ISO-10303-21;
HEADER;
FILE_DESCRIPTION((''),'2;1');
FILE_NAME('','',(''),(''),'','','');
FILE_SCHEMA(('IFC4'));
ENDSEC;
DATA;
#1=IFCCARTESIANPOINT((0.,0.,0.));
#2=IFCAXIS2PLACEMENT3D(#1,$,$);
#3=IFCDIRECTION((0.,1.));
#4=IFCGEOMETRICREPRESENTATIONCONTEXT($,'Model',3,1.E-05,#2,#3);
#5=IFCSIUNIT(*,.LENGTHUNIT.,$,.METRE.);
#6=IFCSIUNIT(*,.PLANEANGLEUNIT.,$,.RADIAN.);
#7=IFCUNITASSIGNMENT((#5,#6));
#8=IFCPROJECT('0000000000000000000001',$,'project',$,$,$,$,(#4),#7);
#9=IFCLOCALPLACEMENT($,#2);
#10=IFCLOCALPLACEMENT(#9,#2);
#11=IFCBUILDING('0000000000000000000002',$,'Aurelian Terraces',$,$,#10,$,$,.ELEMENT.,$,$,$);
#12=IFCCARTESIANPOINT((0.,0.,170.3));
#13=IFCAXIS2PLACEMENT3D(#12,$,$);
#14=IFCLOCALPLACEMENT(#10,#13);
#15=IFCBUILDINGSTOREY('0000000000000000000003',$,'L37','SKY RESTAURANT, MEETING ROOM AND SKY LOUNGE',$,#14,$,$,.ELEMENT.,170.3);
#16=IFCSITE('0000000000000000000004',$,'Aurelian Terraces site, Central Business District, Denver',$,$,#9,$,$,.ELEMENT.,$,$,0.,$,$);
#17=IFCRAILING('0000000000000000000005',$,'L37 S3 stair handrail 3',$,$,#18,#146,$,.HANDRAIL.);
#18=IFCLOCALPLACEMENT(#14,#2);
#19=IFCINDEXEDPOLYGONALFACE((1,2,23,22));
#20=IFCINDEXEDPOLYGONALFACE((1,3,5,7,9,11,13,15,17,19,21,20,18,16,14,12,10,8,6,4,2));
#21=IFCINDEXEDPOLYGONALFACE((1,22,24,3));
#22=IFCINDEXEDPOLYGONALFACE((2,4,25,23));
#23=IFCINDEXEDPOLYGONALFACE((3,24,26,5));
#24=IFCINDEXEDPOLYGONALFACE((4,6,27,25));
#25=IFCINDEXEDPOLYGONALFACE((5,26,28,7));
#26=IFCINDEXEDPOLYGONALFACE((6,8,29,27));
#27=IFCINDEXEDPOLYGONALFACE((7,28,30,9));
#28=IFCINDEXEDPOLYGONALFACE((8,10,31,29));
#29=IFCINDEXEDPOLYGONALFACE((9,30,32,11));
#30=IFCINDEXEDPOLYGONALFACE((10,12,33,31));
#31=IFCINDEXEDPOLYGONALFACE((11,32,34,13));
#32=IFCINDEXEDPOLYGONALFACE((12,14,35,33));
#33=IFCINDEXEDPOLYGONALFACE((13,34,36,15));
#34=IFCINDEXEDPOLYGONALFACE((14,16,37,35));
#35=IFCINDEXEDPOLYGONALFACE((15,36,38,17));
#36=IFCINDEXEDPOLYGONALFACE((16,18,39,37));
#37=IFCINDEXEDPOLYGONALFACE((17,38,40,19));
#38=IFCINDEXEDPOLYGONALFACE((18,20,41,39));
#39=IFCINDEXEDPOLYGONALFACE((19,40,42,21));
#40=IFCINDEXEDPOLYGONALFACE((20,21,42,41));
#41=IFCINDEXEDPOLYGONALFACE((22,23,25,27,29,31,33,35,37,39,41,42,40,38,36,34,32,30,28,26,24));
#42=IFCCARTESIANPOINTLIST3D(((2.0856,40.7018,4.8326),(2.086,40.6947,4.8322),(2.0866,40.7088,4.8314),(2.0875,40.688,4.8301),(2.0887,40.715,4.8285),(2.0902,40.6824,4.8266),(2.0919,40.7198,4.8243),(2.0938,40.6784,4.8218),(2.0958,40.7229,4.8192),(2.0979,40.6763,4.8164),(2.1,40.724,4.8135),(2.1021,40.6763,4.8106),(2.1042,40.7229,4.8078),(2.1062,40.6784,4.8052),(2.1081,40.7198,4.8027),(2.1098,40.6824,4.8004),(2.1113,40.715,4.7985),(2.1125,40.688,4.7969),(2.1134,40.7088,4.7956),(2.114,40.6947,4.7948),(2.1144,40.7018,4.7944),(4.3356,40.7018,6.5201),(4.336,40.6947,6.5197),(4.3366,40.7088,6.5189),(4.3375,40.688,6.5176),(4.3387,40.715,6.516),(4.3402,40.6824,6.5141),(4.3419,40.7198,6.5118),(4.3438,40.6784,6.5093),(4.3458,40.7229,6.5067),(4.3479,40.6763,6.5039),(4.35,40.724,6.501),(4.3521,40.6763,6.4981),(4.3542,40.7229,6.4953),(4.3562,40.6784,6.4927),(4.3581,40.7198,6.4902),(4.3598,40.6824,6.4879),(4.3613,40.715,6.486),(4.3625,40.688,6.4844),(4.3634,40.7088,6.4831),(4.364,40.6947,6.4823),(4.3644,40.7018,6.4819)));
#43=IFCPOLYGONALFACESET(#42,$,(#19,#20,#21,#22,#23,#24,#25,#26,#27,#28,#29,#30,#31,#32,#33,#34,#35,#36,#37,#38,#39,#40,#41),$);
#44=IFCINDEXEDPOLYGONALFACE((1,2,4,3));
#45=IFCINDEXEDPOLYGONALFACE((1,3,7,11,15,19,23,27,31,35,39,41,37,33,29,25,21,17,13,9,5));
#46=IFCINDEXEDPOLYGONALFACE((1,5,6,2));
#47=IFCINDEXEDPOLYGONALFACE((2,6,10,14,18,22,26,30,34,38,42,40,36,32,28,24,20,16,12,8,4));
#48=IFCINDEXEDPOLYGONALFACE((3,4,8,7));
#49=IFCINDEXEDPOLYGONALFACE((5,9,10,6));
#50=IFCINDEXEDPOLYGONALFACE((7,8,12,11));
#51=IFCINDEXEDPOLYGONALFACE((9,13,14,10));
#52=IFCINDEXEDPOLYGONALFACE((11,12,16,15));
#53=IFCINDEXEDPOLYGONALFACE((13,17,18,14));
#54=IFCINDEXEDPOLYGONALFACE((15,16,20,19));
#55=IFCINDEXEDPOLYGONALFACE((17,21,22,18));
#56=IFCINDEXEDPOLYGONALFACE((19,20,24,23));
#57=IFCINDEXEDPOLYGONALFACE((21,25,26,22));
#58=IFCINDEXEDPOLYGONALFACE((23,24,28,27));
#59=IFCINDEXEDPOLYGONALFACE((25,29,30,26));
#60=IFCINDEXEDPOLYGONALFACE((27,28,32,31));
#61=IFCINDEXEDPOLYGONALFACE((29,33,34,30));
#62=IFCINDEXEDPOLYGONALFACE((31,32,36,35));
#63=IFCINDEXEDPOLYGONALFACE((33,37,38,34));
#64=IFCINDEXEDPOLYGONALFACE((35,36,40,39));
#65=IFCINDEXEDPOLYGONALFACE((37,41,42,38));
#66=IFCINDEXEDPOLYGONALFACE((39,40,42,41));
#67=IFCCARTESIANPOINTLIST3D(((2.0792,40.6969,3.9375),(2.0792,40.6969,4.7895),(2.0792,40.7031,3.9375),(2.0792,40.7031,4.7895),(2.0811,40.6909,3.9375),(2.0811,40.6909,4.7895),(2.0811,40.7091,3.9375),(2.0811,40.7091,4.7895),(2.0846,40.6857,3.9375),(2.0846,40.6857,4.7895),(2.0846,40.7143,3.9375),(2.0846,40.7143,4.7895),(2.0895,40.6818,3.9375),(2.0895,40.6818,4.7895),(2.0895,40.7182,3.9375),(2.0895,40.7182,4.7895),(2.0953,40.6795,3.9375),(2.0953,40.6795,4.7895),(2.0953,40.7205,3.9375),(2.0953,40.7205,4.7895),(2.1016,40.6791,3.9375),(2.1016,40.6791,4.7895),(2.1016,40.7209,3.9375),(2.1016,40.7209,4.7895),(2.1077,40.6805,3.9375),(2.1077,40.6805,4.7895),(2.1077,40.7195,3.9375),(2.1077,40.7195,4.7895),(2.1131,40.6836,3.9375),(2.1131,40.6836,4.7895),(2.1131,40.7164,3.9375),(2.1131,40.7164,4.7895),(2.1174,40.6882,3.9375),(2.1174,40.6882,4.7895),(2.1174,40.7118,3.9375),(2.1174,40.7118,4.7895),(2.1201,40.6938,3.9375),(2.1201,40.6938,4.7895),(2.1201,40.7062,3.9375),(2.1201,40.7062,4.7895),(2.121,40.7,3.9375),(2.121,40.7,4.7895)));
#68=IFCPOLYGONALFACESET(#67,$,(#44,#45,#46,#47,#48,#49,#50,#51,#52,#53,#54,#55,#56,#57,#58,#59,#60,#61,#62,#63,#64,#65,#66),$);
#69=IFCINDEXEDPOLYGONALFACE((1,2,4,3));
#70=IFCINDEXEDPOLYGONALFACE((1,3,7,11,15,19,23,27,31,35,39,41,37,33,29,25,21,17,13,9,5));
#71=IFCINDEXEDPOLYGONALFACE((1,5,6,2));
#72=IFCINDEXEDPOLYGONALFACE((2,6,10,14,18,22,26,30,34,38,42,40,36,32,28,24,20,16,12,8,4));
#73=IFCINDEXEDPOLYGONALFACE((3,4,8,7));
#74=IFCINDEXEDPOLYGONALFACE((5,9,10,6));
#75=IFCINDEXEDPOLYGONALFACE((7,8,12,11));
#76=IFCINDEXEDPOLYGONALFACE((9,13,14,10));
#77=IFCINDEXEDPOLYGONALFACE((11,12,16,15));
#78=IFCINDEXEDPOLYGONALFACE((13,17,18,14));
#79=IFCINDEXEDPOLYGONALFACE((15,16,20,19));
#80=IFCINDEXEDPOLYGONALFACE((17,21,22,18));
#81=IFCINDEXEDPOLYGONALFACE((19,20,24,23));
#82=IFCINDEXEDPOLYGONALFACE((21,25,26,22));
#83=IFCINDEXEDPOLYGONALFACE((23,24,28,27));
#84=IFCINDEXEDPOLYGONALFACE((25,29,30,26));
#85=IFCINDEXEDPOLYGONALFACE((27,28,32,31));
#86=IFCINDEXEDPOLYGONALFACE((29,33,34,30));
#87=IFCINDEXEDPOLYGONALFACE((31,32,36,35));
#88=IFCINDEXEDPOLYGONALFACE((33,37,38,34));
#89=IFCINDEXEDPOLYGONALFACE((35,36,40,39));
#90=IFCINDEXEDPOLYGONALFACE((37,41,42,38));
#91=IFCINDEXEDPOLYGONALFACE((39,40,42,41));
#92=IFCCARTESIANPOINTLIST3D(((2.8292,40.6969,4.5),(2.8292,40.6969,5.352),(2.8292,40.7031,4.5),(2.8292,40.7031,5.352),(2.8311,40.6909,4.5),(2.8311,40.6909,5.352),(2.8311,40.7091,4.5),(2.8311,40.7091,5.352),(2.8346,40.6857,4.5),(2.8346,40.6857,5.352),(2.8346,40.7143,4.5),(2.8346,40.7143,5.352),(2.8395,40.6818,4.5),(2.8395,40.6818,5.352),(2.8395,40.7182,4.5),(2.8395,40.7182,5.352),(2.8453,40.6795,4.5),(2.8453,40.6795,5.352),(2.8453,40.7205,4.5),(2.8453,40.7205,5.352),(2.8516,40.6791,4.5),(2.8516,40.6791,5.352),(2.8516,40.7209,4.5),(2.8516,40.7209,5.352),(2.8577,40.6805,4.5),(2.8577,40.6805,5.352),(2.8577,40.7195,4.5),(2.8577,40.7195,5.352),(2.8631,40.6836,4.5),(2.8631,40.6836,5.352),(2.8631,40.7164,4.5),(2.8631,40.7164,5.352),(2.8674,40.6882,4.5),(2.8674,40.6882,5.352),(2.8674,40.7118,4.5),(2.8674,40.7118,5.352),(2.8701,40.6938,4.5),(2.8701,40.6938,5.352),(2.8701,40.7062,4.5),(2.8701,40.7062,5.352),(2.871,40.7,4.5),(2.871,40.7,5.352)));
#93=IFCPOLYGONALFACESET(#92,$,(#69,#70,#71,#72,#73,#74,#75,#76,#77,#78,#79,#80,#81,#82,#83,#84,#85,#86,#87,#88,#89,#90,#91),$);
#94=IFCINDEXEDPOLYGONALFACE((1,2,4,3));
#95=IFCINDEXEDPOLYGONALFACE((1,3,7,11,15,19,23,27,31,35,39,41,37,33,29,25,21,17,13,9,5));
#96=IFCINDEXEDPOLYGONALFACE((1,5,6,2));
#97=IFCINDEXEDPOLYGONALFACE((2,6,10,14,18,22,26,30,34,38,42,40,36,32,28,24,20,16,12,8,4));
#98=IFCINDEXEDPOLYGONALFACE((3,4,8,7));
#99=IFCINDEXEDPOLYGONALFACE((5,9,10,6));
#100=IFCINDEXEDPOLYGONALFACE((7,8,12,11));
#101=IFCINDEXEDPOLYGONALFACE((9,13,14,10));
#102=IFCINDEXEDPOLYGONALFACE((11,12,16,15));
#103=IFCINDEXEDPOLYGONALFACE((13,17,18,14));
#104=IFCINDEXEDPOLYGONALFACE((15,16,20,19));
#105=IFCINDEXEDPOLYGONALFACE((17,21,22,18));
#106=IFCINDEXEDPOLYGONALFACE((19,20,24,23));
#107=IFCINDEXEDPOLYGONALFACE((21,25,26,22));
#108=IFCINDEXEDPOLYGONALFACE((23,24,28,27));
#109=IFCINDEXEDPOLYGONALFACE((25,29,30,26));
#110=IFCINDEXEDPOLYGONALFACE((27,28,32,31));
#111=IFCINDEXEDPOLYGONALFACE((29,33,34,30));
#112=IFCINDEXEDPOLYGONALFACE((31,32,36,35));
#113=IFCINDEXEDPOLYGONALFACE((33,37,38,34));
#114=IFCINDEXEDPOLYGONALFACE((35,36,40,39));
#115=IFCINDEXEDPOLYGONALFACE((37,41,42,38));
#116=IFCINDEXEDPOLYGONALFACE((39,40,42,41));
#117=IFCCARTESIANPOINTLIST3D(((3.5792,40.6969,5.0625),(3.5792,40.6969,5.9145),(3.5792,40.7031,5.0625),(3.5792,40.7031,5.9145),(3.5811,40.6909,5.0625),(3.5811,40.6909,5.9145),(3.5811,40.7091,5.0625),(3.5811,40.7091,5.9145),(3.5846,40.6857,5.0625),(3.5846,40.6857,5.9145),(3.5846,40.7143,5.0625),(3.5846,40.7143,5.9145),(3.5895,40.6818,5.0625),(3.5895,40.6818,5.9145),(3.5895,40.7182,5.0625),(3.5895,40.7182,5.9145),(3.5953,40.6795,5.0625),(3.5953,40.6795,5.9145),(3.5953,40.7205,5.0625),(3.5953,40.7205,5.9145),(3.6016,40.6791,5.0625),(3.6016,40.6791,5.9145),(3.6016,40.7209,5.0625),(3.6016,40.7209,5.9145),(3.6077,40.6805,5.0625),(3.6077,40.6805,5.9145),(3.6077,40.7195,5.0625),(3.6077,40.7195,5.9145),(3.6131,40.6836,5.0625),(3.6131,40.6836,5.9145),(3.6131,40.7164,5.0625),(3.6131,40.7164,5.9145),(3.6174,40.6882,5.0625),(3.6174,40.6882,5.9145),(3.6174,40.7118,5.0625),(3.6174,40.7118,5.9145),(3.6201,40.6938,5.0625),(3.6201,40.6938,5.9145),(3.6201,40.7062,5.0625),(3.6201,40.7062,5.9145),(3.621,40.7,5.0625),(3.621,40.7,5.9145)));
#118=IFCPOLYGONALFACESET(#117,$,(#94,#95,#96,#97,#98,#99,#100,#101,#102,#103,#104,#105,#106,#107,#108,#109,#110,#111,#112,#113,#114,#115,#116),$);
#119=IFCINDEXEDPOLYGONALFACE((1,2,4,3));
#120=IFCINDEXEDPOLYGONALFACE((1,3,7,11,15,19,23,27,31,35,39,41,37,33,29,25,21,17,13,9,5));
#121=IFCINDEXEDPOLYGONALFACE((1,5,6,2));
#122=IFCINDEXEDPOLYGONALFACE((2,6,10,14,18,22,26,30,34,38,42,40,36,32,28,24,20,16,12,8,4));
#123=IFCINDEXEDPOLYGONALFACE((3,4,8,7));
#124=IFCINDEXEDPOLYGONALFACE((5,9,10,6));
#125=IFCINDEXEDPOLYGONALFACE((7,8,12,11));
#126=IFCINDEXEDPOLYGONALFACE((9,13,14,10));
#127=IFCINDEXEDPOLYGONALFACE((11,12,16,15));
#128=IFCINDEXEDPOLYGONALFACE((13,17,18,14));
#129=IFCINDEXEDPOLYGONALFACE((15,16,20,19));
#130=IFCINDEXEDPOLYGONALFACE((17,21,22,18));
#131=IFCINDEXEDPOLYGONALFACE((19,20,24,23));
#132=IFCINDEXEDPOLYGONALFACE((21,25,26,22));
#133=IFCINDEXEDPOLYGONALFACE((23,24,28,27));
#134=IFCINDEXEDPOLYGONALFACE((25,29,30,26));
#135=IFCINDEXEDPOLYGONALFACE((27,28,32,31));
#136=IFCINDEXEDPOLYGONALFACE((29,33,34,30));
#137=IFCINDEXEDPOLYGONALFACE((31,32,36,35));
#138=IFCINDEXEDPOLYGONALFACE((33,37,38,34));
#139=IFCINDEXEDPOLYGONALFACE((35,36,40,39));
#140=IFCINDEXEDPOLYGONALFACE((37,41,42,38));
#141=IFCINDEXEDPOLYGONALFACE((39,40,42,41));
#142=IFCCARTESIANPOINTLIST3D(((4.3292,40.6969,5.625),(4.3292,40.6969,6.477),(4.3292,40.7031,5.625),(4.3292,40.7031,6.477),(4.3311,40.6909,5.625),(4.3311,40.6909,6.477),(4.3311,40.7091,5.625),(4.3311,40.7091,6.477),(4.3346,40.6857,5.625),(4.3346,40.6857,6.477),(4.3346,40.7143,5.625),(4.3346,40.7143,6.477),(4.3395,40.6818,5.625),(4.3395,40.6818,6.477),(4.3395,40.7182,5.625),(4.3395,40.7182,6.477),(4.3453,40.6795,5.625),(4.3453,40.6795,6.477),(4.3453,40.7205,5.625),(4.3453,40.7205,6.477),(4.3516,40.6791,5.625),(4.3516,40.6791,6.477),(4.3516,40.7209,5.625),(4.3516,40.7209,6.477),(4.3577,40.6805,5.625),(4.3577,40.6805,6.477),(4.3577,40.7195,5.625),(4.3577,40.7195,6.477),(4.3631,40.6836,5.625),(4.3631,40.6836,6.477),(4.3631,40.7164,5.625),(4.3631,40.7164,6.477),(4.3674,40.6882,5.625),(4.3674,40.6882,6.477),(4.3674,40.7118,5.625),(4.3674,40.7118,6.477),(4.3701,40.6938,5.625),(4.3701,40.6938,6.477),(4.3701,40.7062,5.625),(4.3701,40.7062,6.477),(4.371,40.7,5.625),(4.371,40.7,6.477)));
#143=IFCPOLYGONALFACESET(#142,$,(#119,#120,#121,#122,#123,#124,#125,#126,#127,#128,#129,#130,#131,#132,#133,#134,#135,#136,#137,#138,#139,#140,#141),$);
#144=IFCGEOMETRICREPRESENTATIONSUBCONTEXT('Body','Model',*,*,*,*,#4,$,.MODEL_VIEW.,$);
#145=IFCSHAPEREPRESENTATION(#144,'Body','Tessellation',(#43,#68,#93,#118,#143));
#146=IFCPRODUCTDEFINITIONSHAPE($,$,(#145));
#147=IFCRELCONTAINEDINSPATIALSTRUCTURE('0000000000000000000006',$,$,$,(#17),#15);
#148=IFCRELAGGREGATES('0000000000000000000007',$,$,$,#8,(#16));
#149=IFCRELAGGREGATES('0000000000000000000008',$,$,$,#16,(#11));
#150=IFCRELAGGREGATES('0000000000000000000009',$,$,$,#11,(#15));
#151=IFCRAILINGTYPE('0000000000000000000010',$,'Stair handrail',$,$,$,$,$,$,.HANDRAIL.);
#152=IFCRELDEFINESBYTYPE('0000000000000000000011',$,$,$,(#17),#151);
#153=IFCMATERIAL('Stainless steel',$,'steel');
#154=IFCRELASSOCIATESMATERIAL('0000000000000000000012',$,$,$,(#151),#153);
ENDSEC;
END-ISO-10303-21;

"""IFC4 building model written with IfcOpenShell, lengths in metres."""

from ifc_helpers import new_model, si_unit, direction, frame, origin, origin_2d, place, context, subcontext, project, spatial, circle, extrude, source, transform, mapped, material, type_object, element, save


model = new_model("IFC4")

# Units and contexts
model_context = context("Model", 3, precision=1e-05, world=origin(), true_north=direction((0.0, 1.0)))
body_context = subcontext(model_context, "Body", "Model", "MODEL_VIEW")
ifc_project = project(units=[si_unit("LENGTHUNIT", "METRE"), si_unit("PLANEANGLEUNIT", "RADIAN")], contexts=[model_context])

# Site, building, storey
site_placement = place(None, origin())
site = spatial("IfcSite", under=ifc_project, at=site_placement, Name="Aurelian Terraces site, Central Business District, Denver", CompositionType="ELEMENT", RefElevation=0.0)
building_placement = place(site_placement, origin())
building = spatial("IfcBuilding", under=site, at=building_placement, Name="Aurelian Terraces", CompositionType="ELEMENT")
storey_placement = place(building_placement, frame((0.0, 0.0, 170.3)))
storey = spatial("IfcBuildingStorey", under=building, at=storey_placement, Name="L37", Description="SKY RESTAURANT, MEETING ROOM AND SKY LOUNGE", CompositionType="ELEMENT", Elevation=170.3)

# Railing
ifc_material_1 = material(Name="Stainless steel", Category="steel")
railing_type_1 = type_object("IfcRailingType", Name="Stair handrail", PredefinedType="HANDRAIL", material=ifc_material_1)
shared_shape_1 = source(origin(), body_context, "Body", "SweptSolid", [
    extrude(circle(Radius=0.024, at=origin_2d()), frame((0.0, 0.0, 0.876), z_axis=(0.8, 0.0, 0.6), x_axis=(0.0, 1.0, 0.0)), (0.0, 0.0, 1.0), 2.8125),
    extrude(circle(Radius=0.021, at=origin_2d()), origin(), (0.0, 0.0, 1.0), 0.852),
    extrude(circle(Radius=0.021, at=origin_2d()), frame((0.75, 0.0, 0.5625)), (0.0, 0.0, 1.0), 0.852),
    extrude(circle(Radius=0.021, at=origin_2d()), frame((1.5, 0.0, 1.125)), (0.0, 0.0, 1.0), 0.852),
    extrude(circle(Radius=0.021, at=origin_2d()), frame((2.25, 0.0, 1.6875)), (0.0, 0.0, 1.0), 0.852),
])
for number, where, name in (
    (1, (2.1, 40.7, 3.9375), "L37 S3 stair handrail 3"),
):
    element("IfcRailing", number, at=place(storey_placement, frame(where)), inside=storey, type_object=railing_type_1, Name=name, PredefinedType="HANDRAIL", context=body_context, shape_type="MappedRepresentation", body=[
        mapped(shared_shape_1, transform((0.0, 0.0, 0.0), scale=1.0)),
    ])

save(model, "model.ifc")
